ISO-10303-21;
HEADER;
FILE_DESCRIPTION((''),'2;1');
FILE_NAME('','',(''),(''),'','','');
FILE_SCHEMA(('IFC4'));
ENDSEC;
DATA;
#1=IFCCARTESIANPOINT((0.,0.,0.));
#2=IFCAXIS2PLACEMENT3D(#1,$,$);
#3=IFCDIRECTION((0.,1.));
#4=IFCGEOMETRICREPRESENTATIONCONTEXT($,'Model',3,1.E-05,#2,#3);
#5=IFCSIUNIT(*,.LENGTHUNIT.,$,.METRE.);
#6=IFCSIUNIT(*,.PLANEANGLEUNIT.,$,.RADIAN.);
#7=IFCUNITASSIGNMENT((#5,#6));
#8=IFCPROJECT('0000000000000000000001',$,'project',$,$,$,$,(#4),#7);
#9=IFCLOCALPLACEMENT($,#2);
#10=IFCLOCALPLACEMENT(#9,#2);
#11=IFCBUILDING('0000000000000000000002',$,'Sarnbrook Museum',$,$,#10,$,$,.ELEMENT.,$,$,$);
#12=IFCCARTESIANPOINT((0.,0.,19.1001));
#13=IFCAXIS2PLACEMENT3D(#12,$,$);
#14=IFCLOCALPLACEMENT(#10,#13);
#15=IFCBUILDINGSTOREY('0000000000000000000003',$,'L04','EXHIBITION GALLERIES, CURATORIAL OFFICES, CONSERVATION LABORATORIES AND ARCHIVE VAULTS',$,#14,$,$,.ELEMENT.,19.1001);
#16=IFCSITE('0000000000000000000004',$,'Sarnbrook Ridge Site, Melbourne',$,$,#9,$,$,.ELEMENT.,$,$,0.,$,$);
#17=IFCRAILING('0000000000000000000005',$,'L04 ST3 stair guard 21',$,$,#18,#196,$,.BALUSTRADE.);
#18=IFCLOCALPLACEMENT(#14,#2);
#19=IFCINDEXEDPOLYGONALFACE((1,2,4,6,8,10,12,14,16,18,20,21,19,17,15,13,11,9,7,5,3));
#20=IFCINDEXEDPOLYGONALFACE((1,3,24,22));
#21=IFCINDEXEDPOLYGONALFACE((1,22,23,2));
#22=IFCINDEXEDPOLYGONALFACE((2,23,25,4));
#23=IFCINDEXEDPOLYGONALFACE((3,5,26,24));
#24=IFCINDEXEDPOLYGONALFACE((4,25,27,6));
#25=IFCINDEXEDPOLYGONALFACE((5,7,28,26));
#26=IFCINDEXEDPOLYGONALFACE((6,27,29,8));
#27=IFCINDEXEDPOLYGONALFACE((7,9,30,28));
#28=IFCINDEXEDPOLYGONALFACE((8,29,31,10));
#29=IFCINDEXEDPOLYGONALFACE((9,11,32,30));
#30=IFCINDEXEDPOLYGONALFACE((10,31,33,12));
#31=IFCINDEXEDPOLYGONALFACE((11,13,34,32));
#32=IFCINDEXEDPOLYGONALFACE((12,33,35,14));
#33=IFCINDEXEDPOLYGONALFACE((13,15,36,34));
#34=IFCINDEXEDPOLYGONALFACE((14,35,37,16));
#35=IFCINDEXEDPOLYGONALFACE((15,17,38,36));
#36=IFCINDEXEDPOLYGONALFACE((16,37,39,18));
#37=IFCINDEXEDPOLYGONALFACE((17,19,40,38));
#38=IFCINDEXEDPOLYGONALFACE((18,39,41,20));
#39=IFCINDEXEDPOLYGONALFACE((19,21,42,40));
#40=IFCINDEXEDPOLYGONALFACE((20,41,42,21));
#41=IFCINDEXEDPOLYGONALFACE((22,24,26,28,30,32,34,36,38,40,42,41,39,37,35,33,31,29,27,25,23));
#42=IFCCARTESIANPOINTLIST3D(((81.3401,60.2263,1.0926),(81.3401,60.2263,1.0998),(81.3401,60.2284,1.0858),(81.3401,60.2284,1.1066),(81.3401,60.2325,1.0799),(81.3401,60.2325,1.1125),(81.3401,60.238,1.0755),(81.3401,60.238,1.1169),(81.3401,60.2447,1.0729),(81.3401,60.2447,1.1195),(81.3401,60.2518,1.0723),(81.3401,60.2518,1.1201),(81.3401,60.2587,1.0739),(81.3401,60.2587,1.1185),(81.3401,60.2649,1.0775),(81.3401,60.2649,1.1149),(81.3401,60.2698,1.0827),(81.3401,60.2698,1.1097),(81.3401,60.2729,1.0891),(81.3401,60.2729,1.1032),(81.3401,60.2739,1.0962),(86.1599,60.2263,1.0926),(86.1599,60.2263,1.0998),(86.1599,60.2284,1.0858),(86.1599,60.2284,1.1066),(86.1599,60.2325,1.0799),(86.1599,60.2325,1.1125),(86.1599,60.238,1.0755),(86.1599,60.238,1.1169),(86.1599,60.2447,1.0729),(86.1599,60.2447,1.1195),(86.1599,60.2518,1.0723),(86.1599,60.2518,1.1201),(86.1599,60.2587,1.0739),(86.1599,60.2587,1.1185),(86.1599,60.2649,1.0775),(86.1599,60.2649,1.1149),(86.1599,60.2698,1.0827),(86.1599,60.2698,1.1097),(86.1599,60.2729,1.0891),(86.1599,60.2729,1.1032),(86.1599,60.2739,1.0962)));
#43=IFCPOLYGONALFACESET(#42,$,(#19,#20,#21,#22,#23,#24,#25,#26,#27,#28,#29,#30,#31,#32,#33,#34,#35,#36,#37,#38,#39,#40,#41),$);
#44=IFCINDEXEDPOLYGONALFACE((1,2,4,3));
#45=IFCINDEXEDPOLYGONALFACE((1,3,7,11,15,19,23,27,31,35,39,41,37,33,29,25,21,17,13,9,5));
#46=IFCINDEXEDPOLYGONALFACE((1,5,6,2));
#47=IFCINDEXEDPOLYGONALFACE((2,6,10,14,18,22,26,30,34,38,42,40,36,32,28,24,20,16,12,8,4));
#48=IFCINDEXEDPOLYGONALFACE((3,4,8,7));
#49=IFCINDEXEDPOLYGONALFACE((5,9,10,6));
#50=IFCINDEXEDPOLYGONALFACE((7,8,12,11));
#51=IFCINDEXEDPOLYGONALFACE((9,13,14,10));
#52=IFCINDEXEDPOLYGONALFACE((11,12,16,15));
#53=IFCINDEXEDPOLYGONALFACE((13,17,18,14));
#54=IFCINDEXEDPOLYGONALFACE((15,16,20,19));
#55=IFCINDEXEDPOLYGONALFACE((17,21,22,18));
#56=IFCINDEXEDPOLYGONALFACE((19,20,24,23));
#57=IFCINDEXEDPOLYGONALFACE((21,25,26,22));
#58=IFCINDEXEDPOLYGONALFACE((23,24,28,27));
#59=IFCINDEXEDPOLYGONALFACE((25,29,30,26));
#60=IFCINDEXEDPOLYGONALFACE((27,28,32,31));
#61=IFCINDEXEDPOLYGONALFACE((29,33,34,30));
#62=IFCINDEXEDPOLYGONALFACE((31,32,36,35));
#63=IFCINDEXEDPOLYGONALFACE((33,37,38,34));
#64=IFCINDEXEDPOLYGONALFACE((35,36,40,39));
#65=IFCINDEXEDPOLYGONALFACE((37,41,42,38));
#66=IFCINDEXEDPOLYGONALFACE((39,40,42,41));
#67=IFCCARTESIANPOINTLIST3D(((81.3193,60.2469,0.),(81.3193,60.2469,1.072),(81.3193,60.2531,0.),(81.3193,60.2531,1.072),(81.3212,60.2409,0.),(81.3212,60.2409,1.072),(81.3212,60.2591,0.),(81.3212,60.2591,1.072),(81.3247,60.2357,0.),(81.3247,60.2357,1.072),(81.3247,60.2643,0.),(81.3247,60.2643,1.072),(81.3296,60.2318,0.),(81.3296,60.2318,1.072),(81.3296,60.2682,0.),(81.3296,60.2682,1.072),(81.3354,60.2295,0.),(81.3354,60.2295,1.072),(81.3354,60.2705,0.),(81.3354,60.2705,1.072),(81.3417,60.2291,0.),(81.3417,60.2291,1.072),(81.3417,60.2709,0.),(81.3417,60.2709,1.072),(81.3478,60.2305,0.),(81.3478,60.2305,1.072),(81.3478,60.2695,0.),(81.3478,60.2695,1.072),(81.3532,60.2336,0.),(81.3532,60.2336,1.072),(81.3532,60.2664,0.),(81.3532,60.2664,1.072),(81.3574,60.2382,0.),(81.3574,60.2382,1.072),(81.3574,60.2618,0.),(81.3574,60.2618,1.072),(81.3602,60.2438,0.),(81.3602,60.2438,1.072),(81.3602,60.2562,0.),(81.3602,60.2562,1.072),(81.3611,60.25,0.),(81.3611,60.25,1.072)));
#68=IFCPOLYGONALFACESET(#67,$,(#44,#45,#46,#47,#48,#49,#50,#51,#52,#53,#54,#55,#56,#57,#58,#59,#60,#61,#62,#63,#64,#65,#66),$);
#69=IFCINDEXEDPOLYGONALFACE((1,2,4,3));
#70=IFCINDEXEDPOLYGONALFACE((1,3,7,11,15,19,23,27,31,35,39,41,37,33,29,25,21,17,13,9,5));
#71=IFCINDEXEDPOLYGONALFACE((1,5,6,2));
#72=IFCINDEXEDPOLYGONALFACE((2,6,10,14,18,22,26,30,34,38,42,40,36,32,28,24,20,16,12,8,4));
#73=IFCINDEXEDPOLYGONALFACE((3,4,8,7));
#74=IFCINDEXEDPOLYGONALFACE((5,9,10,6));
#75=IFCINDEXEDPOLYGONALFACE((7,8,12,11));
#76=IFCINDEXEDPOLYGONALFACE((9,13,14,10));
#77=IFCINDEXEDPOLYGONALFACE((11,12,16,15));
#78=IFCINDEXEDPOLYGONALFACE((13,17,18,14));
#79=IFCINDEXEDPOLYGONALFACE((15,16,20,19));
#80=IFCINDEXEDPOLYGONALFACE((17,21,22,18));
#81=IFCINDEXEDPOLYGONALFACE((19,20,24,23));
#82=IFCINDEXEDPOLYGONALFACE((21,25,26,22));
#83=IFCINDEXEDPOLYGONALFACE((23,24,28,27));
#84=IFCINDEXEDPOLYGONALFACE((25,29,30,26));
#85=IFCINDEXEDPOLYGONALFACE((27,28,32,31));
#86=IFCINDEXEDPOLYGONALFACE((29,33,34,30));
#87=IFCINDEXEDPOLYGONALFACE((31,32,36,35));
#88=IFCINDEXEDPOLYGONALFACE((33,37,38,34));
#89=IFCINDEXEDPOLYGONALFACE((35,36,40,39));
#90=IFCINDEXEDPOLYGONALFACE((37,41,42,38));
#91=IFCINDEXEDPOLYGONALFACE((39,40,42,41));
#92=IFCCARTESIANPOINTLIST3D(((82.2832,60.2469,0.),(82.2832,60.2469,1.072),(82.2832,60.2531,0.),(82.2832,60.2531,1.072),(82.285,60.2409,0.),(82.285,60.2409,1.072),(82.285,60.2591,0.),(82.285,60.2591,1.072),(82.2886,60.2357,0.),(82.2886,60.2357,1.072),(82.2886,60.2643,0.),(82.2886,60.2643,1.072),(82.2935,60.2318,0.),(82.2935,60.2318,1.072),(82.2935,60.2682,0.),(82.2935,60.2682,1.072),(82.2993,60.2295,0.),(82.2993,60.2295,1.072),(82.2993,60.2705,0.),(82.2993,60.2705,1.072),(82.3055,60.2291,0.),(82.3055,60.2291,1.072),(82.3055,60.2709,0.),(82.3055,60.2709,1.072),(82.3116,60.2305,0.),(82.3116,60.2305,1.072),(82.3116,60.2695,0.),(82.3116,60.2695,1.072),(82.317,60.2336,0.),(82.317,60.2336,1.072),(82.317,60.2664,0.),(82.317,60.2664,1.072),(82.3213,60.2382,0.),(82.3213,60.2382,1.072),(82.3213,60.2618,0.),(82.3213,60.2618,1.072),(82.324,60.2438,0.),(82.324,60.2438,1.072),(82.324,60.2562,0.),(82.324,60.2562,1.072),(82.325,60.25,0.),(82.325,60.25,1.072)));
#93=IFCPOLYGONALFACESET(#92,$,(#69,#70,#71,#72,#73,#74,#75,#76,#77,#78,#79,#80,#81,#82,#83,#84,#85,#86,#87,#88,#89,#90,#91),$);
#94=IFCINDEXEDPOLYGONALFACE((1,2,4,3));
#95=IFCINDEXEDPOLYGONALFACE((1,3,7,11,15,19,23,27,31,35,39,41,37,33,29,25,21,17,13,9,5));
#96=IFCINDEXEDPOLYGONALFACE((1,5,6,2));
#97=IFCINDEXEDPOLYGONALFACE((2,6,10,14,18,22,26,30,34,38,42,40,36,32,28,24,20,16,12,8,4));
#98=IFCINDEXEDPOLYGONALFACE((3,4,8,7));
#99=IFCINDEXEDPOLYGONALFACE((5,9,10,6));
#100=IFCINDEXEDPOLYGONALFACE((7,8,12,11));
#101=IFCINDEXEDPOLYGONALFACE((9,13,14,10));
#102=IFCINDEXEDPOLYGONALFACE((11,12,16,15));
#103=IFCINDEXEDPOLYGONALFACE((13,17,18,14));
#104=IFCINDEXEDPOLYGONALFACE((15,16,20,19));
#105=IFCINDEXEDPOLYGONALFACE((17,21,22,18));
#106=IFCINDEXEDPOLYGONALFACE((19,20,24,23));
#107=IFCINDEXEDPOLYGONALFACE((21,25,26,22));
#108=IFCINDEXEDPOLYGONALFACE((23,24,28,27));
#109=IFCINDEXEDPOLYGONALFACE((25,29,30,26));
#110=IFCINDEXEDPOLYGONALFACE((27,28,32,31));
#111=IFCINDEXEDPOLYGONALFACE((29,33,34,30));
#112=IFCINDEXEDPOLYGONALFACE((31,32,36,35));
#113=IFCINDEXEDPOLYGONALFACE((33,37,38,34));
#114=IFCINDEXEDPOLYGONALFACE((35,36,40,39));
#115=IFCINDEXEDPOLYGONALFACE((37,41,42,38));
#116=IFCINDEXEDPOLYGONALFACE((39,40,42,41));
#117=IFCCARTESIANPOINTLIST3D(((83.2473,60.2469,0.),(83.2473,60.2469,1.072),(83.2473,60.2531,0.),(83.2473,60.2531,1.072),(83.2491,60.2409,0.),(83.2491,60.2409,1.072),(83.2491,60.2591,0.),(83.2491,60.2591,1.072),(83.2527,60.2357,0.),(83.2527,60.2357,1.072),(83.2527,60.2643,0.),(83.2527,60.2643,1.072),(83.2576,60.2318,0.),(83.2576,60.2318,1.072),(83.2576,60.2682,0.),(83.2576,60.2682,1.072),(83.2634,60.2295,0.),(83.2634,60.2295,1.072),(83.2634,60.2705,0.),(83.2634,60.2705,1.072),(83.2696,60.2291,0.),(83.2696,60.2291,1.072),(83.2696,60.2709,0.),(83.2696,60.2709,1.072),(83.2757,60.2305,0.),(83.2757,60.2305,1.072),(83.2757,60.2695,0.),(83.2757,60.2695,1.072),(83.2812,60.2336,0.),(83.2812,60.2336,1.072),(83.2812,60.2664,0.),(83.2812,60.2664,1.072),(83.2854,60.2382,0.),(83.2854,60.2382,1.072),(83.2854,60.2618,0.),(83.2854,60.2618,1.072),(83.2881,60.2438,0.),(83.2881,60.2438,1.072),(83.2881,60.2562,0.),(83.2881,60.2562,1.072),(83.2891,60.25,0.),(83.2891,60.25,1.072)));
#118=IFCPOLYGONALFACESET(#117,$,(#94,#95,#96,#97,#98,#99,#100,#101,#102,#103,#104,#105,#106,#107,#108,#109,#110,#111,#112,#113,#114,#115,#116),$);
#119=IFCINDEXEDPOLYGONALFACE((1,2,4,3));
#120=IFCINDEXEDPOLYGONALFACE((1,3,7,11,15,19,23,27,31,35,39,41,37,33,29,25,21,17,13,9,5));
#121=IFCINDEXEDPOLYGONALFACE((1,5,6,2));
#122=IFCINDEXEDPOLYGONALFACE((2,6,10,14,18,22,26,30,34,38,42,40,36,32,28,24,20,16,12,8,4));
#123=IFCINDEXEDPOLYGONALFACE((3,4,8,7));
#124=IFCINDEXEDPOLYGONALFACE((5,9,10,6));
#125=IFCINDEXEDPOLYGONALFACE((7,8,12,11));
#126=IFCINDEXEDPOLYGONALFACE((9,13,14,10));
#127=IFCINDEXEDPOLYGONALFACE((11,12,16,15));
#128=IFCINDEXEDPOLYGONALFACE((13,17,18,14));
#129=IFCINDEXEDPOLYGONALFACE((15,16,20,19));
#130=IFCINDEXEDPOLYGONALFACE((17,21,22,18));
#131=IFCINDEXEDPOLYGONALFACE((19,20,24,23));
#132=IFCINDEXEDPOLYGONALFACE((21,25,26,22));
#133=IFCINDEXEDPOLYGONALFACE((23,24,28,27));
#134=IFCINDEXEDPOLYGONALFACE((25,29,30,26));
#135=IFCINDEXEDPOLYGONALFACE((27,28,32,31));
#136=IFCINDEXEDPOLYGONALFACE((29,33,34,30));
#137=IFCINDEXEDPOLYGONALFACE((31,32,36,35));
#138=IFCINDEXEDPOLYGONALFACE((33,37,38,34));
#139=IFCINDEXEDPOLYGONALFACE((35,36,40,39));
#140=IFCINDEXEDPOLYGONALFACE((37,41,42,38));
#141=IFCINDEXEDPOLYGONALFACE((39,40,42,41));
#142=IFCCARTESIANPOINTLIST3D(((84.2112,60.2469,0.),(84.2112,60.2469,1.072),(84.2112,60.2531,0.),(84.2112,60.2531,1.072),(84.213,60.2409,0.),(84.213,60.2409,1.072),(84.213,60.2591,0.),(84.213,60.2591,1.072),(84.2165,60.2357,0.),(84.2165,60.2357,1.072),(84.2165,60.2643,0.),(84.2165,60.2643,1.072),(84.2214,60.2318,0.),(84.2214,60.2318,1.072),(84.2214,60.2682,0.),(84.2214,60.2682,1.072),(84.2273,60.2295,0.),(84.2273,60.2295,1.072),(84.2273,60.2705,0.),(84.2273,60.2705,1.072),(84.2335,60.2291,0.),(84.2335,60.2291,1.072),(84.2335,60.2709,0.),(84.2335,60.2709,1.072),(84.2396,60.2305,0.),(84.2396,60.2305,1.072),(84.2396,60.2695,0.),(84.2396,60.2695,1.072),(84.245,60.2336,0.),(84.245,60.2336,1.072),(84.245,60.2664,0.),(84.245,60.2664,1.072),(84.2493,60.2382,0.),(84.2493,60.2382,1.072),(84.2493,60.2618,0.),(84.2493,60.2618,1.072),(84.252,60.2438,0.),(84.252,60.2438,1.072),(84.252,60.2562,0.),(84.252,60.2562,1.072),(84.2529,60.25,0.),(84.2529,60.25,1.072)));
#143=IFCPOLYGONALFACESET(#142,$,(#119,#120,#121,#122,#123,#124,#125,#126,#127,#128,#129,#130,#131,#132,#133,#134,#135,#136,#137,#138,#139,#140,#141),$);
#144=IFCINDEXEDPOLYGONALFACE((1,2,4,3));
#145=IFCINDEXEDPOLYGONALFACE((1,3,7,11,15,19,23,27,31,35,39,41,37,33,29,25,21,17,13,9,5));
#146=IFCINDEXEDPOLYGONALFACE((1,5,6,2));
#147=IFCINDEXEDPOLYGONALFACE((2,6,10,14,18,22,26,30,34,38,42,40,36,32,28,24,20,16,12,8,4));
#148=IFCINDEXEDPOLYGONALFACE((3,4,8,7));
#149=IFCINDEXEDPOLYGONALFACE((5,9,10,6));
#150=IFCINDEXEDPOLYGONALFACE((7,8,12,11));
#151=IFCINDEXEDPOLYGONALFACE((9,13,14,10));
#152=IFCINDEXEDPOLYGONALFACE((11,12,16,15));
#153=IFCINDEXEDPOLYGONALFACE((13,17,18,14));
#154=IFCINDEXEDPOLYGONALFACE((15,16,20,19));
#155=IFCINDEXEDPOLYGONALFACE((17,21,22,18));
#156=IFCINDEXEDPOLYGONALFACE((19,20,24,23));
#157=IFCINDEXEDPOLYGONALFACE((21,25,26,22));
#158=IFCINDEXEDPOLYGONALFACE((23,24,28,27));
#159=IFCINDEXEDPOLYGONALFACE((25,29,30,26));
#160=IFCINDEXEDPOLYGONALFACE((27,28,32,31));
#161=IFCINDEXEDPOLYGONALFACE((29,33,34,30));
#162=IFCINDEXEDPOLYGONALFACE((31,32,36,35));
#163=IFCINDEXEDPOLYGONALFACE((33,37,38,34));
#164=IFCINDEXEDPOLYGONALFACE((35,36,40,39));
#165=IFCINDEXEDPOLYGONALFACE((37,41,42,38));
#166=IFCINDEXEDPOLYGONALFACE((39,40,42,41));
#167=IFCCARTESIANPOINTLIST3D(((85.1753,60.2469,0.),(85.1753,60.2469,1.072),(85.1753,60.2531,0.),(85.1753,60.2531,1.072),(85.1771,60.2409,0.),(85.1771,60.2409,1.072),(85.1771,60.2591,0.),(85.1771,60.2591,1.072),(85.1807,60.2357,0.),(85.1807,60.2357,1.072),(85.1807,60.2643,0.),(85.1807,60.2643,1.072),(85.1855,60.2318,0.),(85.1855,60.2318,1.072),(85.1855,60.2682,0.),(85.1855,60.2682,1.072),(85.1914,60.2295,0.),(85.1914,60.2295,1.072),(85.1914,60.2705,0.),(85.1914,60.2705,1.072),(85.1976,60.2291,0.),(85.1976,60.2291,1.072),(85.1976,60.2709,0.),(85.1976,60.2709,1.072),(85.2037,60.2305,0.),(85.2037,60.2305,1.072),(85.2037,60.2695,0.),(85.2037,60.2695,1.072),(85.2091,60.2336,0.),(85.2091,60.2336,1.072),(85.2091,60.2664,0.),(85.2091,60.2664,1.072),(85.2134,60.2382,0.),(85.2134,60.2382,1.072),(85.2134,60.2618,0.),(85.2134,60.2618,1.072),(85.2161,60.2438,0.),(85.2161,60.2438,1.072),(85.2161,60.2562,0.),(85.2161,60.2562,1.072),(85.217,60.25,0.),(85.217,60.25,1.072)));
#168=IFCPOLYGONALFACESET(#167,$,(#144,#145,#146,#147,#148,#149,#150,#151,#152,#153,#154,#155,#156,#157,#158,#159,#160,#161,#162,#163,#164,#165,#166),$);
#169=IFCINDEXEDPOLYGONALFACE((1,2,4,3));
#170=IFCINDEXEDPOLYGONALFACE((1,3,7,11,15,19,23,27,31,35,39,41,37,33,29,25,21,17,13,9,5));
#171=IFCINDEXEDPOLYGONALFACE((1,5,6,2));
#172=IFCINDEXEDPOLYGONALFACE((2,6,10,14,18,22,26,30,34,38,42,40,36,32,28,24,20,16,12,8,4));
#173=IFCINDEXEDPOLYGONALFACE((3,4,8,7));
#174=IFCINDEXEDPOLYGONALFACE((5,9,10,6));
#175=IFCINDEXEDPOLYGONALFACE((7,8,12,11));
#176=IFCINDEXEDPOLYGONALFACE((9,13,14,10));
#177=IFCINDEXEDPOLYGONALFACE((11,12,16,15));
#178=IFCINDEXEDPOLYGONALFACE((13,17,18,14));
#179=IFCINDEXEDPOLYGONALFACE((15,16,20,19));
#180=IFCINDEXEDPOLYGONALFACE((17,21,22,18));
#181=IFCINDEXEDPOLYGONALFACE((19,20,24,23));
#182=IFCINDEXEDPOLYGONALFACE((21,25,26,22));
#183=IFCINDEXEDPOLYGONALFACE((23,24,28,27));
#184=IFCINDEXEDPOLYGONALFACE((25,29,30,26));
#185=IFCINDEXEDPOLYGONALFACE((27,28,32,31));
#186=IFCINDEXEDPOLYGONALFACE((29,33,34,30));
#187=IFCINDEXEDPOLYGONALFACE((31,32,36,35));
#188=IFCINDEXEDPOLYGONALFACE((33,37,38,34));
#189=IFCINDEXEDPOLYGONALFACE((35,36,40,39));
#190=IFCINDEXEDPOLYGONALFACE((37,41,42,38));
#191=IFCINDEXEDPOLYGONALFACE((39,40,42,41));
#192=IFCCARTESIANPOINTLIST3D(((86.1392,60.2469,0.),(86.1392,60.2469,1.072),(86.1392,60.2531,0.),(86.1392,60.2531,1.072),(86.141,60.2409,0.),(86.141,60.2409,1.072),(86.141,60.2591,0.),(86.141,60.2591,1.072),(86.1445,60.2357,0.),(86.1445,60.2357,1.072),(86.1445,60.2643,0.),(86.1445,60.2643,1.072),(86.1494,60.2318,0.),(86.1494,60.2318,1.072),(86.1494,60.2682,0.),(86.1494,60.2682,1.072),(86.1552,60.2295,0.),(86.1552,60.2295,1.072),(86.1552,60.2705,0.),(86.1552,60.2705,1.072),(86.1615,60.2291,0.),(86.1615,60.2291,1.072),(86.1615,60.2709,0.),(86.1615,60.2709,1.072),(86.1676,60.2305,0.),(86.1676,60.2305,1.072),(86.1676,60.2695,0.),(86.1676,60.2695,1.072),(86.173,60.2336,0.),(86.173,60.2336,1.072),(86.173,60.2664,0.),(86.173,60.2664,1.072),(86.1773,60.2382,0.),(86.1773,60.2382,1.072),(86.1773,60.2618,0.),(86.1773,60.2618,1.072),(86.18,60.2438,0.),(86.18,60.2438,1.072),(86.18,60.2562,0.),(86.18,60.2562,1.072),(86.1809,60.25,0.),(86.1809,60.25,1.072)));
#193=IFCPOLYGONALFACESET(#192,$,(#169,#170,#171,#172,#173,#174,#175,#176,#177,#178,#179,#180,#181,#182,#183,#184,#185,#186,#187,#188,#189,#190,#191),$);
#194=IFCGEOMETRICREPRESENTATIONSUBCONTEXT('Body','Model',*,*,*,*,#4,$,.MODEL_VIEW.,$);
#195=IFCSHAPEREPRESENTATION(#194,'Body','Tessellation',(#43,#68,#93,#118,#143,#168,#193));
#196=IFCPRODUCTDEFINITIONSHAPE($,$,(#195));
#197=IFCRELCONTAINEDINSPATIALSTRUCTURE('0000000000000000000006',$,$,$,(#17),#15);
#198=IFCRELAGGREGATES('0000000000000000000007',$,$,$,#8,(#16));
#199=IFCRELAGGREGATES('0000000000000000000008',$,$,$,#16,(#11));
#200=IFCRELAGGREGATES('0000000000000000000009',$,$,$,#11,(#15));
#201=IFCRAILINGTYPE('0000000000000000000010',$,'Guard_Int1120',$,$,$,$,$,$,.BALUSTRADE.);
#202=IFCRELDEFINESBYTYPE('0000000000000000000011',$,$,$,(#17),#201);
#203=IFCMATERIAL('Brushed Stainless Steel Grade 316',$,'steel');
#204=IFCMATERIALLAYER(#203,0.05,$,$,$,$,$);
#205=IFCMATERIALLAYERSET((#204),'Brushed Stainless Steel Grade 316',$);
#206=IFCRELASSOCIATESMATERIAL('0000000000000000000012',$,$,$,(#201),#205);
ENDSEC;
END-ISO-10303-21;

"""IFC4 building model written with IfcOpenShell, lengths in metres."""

from ifc_helpers import new_model, si_unit, direction, frame, origin, origin_2d, place, context, subcontext, project, spatial, circle, extrude, material, layer, layer_set, type_object, element, save


model = new_model("IFC4")

# Units and contexts
model_context = context("Model", 3, precision=1e-05, world=origin(), true_north=direction((0.0, 1.0)))
body_context = subcontext(model_context, "Body", "Model", "MODEL_VIEW")
ifc_project = project(units=[si_unit("LENGTHUNIT", "METRE"), si_unit("PLANEANGLEUNIT", "RADIAN")], contexts=[model_context])

# Site, building, storey
site_placement = place(None, origin())
site = spatial("IfcSite", under=ifc_project, at=site_placement, Name="Sarnbrook Ridge Site, Melbourne", CompositionType="ELEMENT", RefElevation=0.0)
building_placement = place(site_placement, origin())
building = spatial("IfcBuilding", under=site, at=building_placement, Name="Sarnbrook Museum", CompositionType="ELEMENT")
storey_placement = place(building_placement, frame((0.0, 0.0, 19.1001)))
storey = spatial("IfcBuildingStorey", under=building, at=storey_placement, Name="L04", Description="EXHIBITION GALLERIES, CURATORIAL OFFICES, CONSERVATION LABORATORIES AND ARCHIVE VAULTS", CompositionType="ELEMENT", Elevation=19.1001)

# Shared definitions
ifc_material_1 = material(Name="Brushed Stainless Steel Grade 316", Category="steel")

# Railing
ifc_layer_1 = layer(ifc_material_1, 0.05)
ifc_layer_set_1 = layer_set([ifc_layer_1], Name="Brushed Stainless Steel Grade 316")
railing_type_1 = type_object("IfcRailingType", Name="Guard_Int1120", PredefinedType="BALUSTRADE", material=ifc_layer_set_1)
railing_1_placement = place(storey_placement, frame((81.3401, 60.25, 0.0)))
element("IfcRailing", 1, at=railing_1_placement, inside=storey, type_object=railing_type_1, Name="L04 ST3 stair guard 21", PredefinedType="BALUSTRADE", context=body_context, shape_type="SweptSolid", body=[
    extrude(circle(Radius=0.0239, at=origin_2d()), frame((0.0, 0.0, 1.0962), z_axis=(1.0, 0.0, 0.0), x_axis=(0.0, 1.0, 0.0)), (0.0, 0.0, 1.0), 4.8198),
    extrude(circle(Radius=0.021, at=origin_2d()), origin(), (0.0, 0.0, 1.0), 1.072),
    extrude(circle(Radius=0.021, at=origin_2d()), frame((0.9639, 0.0, 0.0)), (0.0, 0.0, 1.0), 1.072),
    extrude(circle(Radius=0.021, at=origin_2d()), frame((1.928, 0.0, 0.0)), (0.0, 0.0, 1.0), 1.072),
    extrude(circle(Radius=0.021, at=origin_2d()), frame((2.8918, 0.0, 0.0)), (0.0, 0.0, 1.0), 1.072),
    extrude(circle(Radius=0.021, at=origin_2d()), frame((3.856, 0.0, 0.0)), (0.0, 0.0, 1.0), 1.072),
    extrude(circle(Radius=0.021, at=origin_2d()), frame((4.8198, 0.0, 0.0)), (0.0, 0.0, 1.0), 1.072),
])

save(model, "model.ifc")
